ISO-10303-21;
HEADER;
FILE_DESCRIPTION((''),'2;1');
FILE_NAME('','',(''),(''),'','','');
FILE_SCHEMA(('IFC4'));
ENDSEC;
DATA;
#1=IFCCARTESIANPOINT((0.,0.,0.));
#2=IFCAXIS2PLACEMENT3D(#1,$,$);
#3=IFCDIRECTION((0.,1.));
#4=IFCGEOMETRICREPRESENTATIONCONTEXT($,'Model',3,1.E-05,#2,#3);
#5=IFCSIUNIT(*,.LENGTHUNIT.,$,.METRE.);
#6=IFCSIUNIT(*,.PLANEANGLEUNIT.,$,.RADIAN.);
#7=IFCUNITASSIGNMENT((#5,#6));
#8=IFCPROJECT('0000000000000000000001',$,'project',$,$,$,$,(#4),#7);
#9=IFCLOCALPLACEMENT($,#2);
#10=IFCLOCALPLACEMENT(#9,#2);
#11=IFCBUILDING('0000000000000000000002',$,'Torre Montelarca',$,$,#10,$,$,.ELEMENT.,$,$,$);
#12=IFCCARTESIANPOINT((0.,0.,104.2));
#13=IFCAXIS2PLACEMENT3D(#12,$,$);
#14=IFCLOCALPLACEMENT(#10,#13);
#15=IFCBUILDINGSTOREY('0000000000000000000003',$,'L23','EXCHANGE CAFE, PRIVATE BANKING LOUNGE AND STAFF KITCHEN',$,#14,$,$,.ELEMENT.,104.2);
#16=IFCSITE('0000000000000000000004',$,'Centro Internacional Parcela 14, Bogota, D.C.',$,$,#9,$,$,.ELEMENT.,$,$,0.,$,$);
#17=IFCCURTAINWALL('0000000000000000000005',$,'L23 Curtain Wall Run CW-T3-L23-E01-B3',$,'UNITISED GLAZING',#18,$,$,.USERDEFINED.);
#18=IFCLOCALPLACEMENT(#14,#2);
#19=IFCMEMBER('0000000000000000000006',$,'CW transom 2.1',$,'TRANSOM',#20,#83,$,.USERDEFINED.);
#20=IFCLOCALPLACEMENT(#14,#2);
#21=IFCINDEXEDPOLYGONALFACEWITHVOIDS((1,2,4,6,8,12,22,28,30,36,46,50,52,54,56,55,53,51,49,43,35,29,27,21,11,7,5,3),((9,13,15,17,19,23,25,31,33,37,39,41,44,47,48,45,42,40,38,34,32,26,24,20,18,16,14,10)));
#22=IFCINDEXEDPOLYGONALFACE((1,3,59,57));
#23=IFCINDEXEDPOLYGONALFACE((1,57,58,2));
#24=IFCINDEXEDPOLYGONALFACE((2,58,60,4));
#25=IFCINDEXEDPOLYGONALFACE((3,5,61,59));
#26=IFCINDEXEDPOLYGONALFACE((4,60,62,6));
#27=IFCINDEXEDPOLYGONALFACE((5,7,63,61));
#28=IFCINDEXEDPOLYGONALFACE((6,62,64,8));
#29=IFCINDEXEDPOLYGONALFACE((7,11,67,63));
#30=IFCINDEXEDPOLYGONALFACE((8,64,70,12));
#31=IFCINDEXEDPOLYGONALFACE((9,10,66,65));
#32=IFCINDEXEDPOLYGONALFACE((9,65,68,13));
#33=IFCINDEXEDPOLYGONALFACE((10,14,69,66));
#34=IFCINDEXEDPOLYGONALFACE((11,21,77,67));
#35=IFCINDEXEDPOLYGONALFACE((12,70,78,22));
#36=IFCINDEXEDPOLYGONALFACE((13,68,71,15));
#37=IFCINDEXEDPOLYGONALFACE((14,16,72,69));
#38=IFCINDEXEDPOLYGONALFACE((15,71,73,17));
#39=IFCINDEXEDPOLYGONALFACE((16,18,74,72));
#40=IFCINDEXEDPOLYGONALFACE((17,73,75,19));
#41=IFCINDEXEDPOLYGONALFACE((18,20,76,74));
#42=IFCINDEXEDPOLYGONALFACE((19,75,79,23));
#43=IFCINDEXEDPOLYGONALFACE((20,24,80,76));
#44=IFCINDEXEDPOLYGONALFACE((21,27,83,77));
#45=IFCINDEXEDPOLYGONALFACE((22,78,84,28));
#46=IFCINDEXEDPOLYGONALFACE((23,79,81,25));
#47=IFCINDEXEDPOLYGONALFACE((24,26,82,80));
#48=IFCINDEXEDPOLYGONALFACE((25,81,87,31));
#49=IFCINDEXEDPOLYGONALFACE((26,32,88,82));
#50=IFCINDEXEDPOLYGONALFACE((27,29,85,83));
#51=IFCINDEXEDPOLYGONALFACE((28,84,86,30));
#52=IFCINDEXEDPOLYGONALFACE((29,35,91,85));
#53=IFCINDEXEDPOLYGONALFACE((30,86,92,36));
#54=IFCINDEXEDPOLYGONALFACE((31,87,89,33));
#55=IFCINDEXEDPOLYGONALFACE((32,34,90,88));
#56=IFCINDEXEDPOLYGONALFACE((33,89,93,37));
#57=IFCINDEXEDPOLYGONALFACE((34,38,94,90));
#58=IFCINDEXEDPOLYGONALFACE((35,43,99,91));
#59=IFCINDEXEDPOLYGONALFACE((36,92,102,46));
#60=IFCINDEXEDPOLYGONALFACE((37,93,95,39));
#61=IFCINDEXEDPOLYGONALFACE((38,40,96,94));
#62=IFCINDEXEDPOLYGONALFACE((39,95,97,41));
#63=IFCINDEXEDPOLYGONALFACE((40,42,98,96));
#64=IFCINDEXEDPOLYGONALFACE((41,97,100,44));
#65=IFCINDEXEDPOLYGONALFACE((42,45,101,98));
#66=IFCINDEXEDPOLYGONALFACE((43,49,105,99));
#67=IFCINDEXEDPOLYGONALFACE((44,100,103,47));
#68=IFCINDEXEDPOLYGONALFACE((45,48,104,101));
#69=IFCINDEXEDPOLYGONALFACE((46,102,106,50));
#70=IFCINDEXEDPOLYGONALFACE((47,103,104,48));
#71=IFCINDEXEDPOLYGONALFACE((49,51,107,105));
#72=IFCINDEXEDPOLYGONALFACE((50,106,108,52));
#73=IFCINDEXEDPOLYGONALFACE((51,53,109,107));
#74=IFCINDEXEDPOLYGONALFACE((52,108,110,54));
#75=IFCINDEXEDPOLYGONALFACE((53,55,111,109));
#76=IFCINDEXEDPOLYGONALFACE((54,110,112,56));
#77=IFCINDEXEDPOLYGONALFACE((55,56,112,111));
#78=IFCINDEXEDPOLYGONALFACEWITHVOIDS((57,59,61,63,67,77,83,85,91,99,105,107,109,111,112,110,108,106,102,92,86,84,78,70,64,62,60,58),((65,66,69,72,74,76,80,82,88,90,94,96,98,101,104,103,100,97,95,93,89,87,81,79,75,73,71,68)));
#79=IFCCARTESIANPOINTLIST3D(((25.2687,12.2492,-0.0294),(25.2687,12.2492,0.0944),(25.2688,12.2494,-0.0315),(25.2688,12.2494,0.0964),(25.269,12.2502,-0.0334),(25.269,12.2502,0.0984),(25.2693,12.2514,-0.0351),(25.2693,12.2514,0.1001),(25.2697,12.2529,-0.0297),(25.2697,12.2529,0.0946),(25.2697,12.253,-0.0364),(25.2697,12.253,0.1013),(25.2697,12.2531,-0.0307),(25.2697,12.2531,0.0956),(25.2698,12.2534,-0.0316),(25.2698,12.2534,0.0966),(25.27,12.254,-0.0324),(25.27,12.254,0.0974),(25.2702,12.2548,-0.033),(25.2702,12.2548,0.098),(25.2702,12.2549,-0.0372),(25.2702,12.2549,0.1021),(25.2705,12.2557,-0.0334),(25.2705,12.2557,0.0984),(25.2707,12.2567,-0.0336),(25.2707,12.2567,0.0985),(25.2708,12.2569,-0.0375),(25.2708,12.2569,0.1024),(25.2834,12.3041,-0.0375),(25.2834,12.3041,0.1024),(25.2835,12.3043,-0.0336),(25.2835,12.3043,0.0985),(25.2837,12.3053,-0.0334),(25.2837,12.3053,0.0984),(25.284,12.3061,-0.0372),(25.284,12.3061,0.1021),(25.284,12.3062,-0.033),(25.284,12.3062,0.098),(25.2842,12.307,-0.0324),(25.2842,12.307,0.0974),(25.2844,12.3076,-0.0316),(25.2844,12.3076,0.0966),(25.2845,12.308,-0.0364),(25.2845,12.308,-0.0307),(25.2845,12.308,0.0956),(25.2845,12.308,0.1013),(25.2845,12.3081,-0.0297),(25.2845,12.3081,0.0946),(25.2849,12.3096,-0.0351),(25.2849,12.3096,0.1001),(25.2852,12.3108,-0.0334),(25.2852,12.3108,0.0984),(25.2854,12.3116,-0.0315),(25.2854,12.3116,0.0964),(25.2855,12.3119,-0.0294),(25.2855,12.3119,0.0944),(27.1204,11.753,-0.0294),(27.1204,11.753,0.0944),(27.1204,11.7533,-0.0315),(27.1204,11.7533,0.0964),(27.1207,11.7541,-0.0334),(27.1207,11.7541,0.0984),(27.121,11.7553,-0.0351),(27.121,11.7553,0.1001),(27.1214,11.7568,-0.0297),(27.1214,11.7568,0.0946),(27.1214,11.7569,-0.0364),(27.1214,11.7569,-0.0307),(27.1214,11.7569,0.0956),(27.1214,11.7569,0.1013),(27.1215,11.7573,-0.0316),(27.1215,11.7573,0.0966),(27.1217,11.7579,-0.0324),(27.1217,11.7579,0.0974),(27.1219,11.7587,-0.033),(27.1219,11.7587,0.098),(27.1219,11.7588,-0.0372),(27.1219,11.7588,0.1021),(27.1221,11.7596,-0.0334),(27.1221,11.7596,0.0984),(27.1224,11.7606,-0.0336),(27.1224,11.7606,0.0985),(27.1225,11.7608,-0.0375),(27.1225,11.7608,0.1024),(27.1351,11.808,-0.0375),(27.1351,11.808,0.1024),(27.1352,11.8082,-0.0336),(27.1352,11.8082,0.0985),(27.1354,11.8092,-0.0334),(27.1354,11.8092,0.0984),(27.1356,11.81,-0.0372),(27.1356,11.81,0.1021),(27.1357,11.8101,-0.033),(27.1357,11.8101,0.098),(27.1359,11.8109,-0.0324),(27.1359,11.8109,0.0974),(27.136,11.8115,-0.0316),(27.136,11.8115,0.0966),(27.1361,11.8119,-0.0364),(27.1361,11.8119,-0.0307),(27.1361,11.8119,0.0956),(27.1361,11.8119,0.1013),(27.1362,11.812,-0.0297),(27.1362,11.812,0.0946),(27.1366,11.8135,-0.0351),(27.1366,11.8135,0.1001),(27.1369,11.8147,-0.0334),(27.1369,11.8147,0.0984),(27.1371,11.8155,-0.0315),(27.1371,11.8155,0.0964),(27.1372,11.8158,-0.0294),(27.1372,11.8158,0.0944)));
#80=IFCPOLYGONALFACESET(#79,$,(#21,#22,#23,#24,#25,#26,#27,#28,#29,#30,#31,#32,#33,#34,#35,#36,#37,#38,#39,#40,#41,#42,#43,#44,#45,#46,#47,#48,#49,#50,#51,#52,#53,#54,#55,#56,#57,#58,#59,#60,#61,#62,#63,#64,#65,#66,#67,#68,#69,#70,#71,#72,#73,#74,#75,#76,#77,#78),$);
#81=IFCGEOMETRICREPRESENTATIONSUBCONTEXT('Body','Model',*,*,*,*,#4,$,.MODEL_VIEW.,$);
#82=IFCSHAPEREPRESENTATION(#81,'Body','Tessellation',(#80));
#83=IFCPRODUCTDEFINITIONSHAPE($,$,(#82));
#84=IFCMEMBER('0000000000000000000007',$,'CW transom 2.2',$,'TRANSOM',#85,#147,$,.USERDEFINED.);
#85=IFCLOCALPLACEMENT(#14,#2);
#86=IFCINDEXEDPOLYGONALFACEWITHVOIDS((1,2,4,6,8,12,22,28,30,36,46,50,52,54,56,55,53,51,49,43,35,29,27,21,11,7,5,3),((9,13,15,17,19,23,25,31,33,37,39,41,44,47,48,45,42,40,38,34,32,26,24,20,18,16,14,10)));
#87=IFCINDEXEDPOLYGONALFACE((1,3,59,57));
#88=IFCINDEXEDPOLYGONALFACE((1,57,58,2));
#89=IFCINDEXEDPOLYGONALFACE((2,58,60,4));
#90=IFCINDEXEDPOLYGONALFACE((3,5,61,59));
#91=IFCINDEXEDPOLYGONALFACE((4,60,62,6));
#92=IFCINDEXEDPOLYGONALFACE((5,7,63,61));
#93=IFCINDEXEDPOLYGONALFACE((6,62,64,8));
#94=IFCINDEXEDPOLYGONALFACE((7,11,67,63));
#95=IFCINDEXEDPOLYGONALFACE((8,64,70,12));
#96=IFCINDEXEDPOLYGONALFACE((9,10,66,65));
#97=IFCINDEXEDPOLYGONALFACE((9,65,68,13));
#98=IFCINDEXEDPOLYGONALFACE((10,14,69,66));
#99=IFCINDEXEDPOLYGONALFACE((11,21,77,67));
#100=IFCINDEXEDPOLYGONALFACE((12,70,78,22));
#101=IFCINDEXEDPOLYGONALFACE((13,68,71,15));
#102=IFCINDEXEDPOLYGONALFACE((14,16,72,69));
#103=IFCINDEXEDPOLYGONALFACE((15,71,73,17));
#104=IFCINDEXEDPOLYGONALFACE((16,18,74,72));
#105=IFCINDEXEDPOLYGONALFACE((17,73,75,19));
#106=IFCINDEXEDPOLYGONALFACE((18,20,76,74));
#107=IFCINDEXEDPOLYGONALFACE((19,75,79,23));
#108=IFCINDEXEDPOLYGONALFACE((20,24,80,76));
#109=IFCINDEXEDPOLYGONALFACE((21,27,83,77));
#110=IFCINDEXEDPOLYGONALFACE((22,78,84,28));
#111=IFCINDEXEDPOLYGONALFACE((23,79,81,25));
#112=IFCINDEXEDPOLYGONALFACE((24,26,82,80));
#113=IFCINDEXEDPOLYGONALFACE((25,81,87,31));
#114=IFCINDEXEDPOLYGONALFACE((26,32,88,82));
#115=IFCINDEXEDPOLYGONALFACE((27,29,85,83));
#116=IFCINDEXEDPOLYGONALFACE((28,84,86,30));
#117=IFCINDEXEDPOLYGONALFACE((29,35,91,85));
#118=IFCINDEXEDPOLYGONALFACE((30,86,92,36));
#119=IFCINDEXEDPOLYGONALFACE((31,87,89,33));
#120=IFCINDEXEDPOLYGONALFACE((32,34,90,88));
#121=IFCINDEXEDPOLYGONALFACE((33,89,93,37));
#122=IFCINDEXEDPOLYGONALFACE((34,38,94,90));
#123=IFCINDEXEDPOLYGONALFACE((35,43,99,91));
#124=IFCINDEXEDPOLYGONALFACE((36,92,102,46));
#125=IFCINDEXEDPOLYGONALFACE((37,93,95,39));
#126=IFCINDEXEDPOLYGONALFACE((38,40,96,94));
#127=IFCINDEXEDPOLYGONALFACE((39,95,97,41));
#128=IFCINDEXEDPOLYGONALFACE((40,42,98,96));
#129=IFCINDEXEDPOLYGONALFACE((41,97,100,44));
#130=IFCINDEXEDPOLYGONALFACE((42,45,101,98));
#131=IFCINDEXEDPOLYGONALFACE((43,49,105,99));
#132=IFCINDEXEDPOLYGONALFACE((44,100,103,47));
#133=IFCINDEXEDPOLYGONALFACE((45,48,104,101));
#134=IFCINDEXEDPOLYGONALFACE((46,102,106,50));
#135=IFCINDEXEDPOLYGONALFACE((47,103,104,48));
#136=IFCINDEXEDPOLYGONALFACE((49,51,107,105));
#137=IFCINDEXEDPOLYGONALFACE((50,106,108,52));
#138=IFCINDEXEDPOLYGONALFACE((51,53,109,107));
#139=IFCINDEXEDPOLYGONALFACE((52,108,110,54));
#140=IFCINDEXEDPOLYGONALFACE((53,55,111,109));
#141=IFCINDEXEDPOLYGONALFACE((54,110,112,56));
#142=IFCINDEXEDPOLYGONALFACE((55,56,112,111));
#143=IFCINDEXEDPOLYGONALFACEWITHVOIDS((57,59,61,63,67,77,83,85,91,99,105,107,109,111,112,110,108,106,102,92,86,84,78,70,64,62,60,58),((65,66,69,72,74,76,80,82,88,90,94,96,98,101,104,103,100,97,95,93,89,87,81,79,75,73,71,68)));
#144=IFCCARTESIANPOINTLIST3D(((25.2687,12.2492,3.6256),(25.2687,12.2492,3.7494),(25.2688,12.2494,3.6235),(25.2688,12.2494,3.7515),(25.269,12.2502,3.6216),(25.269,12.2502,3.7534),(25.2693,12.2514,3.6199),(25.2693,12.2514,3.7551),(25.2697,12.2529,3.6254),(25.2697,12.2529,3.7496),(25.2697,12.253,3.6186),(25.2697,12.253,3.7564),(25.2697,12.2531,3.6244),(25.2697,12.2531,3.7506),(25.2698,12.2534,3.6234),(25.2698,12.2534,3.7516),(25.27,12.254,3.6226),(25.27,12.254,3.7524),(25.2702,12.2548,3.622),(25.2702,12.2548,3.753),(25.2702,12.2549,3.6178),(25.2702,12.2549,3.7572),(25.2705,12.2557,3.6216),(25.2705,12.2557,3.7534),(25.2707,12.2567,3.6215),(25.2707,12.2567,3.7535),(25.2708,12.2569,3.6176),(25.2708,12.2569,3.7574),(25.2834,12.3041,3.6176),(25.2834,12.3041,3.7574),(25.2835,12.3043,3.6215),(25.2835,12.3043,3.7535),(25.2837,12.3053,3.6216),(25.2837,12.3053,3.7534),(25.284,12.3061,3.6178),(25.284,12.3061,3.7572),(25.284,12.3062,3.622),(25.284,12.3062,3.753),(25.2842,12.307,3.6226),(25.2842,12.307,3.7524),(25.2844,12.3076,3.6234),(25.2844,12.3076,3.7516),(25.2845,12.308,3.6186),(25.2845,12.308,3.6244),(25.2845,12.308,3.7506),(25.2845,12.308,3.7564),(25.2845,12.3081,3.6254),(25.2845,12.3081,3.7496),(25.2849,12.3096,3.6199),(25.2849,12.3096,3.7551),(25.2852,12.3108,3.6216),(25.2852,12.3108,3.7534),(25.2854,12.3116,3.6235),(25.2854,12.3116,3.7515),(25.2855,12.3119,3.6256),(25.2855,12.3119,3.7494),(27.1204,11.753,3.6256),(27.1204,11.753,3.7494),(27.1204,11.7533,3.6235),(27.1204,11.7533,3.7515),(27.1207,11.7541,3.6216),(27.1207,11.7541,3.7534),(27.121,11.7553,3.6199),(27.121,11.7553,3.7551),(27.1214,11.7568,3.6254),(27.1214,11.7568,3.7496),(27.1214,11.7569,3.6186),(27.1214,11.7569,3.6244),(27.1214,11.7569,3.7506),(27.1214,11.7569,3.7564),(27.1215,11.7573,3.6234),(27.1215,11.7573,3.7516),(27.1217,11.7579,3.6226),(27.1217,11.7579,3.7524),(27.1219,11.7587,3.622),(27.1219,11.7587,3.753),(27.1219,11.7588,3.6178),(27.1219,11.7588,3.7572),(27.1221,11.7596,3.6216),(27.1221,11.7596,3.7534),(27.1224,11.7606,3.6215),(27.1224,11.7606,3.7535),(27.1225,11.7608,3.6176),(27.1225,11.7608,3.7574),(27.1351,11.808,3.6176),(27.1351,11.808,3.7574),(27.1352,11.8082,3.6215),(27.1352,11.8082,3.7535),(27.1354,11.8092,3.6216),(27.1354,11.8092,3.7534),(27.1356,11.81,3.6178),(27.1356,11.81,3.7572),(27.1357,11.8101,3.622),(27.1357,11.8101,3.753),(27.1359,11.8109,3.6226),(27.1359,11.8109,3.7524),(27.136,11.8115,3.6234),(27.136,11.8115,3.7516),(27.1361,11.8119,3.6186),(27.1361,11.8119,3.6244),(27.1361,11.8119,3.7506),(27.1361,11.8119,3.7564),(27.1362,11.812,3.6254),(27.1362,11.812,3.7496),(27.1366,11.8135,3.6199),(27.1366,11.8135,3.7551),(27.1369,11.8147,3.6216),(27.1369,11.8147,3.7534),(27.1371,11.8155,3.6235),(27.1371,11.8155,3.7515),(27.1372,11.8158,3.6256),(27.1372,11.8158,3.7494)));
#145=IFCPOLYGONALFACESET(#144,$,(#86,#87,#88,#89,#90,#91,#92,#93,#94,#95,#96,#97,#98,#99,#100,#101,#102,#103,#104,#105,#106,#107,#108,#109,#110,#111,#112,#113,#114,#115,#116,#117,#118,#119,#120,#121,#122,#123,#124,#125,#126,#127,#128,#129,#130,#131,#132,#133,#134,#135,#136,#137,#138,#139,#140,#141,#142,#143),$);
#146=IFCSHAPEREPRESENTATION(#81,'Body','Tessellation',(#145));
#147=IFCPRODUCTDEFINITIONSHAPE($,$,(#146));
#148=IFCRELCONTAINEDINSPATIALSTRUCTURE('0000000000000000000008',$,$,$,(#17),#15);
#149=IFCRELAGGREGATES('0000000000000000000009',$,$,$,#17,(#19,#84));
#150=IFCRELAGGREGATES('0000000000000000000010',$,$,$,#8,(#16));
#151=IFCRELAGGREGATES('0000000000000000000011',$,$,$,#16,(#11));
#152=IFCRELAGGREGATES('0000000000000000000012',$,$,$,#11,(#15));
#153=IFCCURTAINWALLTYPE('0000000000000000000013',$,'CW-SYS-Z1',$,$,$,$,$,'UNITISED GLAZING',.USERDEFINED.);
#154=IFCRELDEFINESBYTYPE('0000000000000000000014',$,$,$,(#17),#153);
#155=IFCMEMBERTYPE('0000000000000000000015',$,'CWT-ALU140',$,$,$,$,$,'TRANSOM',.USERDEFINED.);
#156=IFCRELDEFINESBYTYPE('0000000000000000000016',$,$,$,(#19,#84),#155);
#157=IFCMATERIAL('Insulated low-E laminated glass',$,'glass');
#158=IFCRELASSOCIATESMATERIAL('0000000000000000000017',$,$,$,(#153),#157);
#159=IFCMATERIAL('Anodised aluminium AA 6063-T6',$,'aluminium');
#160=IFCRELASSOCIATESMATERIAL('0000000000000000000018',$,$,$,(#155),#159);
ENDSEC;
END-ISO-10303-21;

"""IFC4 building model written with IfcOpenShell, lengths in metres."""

from ifc_helpers import new_model, si_unit, direction, frame, origin, origin_2d, place, context, subcontext, project, spatial, hollow_rectangle, extrude, source, transform, mapped, material, material_profile, profile_set, type_object, element, aggregate, save


model = new_model("IFC4")

# Units and contexts
model_context = context("Model", 3, precision=1e-05, world=origin(), true_north=direction((0.0, 1.0)))
body_context = subcontext(model_context, "Body", "Model", "MODEL_VIEW")
ifc_project = project(units=[si_unit("LENGTHUNIT", "METRE"), si_unit("PLANEANGLEUNIT", "RADIAN")], contexts=[model_context])

# Site, building, storey
site_placement = place(None, origin())
site = spatial("IfcSite", under=ifc_project, at=site_placement, Name="Centro Internacional Parcela 14, Bogota, D.C.", CompositionType="ELEMENT", RefElevation=0.0)
building_placement = place(site_placement, origin())
building = spatial("IfcBuilding", under=site, at=building_placement, Name="Torre Montelarca", CompositionType="ELEMENT")
storey_placement = place(building_placement, frame((0.0, 0.0, 104.2)))
storey = spatial("IfcBuildingStorey", under=building, at=storey_placement, Name="L23", Description="EXCHANGE CAFE, PRIVATE BANKING LOUNGE AND STAFF KITCHEN", CompositionType="ELEMENT", Elevation=104.2)

# Curtain wall, members
ifc_material_1 = material(Name="Insulated low-E laminated glass", Category="glass")
curtain_wall_type = type_object("IfcCurtainWallType", Name="CW-SYS-Z1", ElementType="UNITISED GLAZING", PredefinedType="USERDEFINED", material=ifc_material_1)
curtain_wall_1_placement = place(storey_placement, origin())
curtain_wall_1 = element("IfcCurtainWall", 1, at=curtain_wall_1_placement, inside=storey, type_object=curtain_wall_type, Name="L23 Curtain Wall Run CW-T3-L23-E01-B3", ObjectType="UNITISED GLAZING", PredefinedType="USERDEFINED")
ifc_material_2 = material(Name="Anodised aluminium AA 6063-T6", Category="aluminium")
ifc_material_profile_1 = material_profile(ifc_material_2, hollow_rectangle(XDim=0.0649, YDim=0.1399, WallThickness=0.0039, InnerFilletRadius=0.0039, OuterFilletRadius=0.0081, at=origin_2d()), Name="ALU65X140X4", Category="aluminium")
ifc_profile_set_1 = profile_set([ifc_material_profile_1], Name="Anodised aluminium AA 6063-T6")
member_type_1 = type_object("IfcMemberType", Name="CWT-ALU140", ElementType="TRANSOM", PredefinedType="USERDEFINED", material=ifc_profile_set_1)
shared_shape_1 = source(origin(), body_context, "Body", "SweptSolid", [
    extrude(hollow_rectangle(XDim=0.0649, YDim=0.1399, WallThickness=0.0039, InnerFilletRadius=0.0039, OuterFilletRadius=0.0081, at=origin_2d()), origin(), (0.0, 0.0, 1.0), 1.917),
])
member_1_placement = place(storey_placement, frame((25.2771, 12.2805, 0.0325), z_axis=(0.96593, -0.258804, 0.0), x_axis=(0.258804, 0.96593, 0.0)))
member_1 = element("IfcMember", 2, at=member_1_placement, type_object=member_type_1, Name="CW transom 2.1", ObjectType="TRANSOM", PredefinedType="USERDEFINED", context=body_context, shape_type="MappedRepresentation", body=[
    mapped(shared_shape_1, transform((0.0, 0.0, 0.0), scale=1.0)),
])
member_2_placement = place(storey_placement, frame((25.2771, 12.2805, 3.6875), z_axis=(0.96593, -0.258804, 0.0), x_axis=(0.258804, 0.96593, 0.0)))
member_2 = element("IfcMember", 3, at=member_2_placement, type_object=member_type_1, Name="CW transom 2.2", ObjectType="TRANSOM", PredefinedType="USERDEFINED", context=body_context, shape_type="MappedRepresentation", body=[
    mapped(shared_shape_1, transform((0.0, 0.0, 0.0), scale=1.0)),
])

aggregate(curtain_wall_1, [member_1, member_2])

save(model, "model.ifc")
